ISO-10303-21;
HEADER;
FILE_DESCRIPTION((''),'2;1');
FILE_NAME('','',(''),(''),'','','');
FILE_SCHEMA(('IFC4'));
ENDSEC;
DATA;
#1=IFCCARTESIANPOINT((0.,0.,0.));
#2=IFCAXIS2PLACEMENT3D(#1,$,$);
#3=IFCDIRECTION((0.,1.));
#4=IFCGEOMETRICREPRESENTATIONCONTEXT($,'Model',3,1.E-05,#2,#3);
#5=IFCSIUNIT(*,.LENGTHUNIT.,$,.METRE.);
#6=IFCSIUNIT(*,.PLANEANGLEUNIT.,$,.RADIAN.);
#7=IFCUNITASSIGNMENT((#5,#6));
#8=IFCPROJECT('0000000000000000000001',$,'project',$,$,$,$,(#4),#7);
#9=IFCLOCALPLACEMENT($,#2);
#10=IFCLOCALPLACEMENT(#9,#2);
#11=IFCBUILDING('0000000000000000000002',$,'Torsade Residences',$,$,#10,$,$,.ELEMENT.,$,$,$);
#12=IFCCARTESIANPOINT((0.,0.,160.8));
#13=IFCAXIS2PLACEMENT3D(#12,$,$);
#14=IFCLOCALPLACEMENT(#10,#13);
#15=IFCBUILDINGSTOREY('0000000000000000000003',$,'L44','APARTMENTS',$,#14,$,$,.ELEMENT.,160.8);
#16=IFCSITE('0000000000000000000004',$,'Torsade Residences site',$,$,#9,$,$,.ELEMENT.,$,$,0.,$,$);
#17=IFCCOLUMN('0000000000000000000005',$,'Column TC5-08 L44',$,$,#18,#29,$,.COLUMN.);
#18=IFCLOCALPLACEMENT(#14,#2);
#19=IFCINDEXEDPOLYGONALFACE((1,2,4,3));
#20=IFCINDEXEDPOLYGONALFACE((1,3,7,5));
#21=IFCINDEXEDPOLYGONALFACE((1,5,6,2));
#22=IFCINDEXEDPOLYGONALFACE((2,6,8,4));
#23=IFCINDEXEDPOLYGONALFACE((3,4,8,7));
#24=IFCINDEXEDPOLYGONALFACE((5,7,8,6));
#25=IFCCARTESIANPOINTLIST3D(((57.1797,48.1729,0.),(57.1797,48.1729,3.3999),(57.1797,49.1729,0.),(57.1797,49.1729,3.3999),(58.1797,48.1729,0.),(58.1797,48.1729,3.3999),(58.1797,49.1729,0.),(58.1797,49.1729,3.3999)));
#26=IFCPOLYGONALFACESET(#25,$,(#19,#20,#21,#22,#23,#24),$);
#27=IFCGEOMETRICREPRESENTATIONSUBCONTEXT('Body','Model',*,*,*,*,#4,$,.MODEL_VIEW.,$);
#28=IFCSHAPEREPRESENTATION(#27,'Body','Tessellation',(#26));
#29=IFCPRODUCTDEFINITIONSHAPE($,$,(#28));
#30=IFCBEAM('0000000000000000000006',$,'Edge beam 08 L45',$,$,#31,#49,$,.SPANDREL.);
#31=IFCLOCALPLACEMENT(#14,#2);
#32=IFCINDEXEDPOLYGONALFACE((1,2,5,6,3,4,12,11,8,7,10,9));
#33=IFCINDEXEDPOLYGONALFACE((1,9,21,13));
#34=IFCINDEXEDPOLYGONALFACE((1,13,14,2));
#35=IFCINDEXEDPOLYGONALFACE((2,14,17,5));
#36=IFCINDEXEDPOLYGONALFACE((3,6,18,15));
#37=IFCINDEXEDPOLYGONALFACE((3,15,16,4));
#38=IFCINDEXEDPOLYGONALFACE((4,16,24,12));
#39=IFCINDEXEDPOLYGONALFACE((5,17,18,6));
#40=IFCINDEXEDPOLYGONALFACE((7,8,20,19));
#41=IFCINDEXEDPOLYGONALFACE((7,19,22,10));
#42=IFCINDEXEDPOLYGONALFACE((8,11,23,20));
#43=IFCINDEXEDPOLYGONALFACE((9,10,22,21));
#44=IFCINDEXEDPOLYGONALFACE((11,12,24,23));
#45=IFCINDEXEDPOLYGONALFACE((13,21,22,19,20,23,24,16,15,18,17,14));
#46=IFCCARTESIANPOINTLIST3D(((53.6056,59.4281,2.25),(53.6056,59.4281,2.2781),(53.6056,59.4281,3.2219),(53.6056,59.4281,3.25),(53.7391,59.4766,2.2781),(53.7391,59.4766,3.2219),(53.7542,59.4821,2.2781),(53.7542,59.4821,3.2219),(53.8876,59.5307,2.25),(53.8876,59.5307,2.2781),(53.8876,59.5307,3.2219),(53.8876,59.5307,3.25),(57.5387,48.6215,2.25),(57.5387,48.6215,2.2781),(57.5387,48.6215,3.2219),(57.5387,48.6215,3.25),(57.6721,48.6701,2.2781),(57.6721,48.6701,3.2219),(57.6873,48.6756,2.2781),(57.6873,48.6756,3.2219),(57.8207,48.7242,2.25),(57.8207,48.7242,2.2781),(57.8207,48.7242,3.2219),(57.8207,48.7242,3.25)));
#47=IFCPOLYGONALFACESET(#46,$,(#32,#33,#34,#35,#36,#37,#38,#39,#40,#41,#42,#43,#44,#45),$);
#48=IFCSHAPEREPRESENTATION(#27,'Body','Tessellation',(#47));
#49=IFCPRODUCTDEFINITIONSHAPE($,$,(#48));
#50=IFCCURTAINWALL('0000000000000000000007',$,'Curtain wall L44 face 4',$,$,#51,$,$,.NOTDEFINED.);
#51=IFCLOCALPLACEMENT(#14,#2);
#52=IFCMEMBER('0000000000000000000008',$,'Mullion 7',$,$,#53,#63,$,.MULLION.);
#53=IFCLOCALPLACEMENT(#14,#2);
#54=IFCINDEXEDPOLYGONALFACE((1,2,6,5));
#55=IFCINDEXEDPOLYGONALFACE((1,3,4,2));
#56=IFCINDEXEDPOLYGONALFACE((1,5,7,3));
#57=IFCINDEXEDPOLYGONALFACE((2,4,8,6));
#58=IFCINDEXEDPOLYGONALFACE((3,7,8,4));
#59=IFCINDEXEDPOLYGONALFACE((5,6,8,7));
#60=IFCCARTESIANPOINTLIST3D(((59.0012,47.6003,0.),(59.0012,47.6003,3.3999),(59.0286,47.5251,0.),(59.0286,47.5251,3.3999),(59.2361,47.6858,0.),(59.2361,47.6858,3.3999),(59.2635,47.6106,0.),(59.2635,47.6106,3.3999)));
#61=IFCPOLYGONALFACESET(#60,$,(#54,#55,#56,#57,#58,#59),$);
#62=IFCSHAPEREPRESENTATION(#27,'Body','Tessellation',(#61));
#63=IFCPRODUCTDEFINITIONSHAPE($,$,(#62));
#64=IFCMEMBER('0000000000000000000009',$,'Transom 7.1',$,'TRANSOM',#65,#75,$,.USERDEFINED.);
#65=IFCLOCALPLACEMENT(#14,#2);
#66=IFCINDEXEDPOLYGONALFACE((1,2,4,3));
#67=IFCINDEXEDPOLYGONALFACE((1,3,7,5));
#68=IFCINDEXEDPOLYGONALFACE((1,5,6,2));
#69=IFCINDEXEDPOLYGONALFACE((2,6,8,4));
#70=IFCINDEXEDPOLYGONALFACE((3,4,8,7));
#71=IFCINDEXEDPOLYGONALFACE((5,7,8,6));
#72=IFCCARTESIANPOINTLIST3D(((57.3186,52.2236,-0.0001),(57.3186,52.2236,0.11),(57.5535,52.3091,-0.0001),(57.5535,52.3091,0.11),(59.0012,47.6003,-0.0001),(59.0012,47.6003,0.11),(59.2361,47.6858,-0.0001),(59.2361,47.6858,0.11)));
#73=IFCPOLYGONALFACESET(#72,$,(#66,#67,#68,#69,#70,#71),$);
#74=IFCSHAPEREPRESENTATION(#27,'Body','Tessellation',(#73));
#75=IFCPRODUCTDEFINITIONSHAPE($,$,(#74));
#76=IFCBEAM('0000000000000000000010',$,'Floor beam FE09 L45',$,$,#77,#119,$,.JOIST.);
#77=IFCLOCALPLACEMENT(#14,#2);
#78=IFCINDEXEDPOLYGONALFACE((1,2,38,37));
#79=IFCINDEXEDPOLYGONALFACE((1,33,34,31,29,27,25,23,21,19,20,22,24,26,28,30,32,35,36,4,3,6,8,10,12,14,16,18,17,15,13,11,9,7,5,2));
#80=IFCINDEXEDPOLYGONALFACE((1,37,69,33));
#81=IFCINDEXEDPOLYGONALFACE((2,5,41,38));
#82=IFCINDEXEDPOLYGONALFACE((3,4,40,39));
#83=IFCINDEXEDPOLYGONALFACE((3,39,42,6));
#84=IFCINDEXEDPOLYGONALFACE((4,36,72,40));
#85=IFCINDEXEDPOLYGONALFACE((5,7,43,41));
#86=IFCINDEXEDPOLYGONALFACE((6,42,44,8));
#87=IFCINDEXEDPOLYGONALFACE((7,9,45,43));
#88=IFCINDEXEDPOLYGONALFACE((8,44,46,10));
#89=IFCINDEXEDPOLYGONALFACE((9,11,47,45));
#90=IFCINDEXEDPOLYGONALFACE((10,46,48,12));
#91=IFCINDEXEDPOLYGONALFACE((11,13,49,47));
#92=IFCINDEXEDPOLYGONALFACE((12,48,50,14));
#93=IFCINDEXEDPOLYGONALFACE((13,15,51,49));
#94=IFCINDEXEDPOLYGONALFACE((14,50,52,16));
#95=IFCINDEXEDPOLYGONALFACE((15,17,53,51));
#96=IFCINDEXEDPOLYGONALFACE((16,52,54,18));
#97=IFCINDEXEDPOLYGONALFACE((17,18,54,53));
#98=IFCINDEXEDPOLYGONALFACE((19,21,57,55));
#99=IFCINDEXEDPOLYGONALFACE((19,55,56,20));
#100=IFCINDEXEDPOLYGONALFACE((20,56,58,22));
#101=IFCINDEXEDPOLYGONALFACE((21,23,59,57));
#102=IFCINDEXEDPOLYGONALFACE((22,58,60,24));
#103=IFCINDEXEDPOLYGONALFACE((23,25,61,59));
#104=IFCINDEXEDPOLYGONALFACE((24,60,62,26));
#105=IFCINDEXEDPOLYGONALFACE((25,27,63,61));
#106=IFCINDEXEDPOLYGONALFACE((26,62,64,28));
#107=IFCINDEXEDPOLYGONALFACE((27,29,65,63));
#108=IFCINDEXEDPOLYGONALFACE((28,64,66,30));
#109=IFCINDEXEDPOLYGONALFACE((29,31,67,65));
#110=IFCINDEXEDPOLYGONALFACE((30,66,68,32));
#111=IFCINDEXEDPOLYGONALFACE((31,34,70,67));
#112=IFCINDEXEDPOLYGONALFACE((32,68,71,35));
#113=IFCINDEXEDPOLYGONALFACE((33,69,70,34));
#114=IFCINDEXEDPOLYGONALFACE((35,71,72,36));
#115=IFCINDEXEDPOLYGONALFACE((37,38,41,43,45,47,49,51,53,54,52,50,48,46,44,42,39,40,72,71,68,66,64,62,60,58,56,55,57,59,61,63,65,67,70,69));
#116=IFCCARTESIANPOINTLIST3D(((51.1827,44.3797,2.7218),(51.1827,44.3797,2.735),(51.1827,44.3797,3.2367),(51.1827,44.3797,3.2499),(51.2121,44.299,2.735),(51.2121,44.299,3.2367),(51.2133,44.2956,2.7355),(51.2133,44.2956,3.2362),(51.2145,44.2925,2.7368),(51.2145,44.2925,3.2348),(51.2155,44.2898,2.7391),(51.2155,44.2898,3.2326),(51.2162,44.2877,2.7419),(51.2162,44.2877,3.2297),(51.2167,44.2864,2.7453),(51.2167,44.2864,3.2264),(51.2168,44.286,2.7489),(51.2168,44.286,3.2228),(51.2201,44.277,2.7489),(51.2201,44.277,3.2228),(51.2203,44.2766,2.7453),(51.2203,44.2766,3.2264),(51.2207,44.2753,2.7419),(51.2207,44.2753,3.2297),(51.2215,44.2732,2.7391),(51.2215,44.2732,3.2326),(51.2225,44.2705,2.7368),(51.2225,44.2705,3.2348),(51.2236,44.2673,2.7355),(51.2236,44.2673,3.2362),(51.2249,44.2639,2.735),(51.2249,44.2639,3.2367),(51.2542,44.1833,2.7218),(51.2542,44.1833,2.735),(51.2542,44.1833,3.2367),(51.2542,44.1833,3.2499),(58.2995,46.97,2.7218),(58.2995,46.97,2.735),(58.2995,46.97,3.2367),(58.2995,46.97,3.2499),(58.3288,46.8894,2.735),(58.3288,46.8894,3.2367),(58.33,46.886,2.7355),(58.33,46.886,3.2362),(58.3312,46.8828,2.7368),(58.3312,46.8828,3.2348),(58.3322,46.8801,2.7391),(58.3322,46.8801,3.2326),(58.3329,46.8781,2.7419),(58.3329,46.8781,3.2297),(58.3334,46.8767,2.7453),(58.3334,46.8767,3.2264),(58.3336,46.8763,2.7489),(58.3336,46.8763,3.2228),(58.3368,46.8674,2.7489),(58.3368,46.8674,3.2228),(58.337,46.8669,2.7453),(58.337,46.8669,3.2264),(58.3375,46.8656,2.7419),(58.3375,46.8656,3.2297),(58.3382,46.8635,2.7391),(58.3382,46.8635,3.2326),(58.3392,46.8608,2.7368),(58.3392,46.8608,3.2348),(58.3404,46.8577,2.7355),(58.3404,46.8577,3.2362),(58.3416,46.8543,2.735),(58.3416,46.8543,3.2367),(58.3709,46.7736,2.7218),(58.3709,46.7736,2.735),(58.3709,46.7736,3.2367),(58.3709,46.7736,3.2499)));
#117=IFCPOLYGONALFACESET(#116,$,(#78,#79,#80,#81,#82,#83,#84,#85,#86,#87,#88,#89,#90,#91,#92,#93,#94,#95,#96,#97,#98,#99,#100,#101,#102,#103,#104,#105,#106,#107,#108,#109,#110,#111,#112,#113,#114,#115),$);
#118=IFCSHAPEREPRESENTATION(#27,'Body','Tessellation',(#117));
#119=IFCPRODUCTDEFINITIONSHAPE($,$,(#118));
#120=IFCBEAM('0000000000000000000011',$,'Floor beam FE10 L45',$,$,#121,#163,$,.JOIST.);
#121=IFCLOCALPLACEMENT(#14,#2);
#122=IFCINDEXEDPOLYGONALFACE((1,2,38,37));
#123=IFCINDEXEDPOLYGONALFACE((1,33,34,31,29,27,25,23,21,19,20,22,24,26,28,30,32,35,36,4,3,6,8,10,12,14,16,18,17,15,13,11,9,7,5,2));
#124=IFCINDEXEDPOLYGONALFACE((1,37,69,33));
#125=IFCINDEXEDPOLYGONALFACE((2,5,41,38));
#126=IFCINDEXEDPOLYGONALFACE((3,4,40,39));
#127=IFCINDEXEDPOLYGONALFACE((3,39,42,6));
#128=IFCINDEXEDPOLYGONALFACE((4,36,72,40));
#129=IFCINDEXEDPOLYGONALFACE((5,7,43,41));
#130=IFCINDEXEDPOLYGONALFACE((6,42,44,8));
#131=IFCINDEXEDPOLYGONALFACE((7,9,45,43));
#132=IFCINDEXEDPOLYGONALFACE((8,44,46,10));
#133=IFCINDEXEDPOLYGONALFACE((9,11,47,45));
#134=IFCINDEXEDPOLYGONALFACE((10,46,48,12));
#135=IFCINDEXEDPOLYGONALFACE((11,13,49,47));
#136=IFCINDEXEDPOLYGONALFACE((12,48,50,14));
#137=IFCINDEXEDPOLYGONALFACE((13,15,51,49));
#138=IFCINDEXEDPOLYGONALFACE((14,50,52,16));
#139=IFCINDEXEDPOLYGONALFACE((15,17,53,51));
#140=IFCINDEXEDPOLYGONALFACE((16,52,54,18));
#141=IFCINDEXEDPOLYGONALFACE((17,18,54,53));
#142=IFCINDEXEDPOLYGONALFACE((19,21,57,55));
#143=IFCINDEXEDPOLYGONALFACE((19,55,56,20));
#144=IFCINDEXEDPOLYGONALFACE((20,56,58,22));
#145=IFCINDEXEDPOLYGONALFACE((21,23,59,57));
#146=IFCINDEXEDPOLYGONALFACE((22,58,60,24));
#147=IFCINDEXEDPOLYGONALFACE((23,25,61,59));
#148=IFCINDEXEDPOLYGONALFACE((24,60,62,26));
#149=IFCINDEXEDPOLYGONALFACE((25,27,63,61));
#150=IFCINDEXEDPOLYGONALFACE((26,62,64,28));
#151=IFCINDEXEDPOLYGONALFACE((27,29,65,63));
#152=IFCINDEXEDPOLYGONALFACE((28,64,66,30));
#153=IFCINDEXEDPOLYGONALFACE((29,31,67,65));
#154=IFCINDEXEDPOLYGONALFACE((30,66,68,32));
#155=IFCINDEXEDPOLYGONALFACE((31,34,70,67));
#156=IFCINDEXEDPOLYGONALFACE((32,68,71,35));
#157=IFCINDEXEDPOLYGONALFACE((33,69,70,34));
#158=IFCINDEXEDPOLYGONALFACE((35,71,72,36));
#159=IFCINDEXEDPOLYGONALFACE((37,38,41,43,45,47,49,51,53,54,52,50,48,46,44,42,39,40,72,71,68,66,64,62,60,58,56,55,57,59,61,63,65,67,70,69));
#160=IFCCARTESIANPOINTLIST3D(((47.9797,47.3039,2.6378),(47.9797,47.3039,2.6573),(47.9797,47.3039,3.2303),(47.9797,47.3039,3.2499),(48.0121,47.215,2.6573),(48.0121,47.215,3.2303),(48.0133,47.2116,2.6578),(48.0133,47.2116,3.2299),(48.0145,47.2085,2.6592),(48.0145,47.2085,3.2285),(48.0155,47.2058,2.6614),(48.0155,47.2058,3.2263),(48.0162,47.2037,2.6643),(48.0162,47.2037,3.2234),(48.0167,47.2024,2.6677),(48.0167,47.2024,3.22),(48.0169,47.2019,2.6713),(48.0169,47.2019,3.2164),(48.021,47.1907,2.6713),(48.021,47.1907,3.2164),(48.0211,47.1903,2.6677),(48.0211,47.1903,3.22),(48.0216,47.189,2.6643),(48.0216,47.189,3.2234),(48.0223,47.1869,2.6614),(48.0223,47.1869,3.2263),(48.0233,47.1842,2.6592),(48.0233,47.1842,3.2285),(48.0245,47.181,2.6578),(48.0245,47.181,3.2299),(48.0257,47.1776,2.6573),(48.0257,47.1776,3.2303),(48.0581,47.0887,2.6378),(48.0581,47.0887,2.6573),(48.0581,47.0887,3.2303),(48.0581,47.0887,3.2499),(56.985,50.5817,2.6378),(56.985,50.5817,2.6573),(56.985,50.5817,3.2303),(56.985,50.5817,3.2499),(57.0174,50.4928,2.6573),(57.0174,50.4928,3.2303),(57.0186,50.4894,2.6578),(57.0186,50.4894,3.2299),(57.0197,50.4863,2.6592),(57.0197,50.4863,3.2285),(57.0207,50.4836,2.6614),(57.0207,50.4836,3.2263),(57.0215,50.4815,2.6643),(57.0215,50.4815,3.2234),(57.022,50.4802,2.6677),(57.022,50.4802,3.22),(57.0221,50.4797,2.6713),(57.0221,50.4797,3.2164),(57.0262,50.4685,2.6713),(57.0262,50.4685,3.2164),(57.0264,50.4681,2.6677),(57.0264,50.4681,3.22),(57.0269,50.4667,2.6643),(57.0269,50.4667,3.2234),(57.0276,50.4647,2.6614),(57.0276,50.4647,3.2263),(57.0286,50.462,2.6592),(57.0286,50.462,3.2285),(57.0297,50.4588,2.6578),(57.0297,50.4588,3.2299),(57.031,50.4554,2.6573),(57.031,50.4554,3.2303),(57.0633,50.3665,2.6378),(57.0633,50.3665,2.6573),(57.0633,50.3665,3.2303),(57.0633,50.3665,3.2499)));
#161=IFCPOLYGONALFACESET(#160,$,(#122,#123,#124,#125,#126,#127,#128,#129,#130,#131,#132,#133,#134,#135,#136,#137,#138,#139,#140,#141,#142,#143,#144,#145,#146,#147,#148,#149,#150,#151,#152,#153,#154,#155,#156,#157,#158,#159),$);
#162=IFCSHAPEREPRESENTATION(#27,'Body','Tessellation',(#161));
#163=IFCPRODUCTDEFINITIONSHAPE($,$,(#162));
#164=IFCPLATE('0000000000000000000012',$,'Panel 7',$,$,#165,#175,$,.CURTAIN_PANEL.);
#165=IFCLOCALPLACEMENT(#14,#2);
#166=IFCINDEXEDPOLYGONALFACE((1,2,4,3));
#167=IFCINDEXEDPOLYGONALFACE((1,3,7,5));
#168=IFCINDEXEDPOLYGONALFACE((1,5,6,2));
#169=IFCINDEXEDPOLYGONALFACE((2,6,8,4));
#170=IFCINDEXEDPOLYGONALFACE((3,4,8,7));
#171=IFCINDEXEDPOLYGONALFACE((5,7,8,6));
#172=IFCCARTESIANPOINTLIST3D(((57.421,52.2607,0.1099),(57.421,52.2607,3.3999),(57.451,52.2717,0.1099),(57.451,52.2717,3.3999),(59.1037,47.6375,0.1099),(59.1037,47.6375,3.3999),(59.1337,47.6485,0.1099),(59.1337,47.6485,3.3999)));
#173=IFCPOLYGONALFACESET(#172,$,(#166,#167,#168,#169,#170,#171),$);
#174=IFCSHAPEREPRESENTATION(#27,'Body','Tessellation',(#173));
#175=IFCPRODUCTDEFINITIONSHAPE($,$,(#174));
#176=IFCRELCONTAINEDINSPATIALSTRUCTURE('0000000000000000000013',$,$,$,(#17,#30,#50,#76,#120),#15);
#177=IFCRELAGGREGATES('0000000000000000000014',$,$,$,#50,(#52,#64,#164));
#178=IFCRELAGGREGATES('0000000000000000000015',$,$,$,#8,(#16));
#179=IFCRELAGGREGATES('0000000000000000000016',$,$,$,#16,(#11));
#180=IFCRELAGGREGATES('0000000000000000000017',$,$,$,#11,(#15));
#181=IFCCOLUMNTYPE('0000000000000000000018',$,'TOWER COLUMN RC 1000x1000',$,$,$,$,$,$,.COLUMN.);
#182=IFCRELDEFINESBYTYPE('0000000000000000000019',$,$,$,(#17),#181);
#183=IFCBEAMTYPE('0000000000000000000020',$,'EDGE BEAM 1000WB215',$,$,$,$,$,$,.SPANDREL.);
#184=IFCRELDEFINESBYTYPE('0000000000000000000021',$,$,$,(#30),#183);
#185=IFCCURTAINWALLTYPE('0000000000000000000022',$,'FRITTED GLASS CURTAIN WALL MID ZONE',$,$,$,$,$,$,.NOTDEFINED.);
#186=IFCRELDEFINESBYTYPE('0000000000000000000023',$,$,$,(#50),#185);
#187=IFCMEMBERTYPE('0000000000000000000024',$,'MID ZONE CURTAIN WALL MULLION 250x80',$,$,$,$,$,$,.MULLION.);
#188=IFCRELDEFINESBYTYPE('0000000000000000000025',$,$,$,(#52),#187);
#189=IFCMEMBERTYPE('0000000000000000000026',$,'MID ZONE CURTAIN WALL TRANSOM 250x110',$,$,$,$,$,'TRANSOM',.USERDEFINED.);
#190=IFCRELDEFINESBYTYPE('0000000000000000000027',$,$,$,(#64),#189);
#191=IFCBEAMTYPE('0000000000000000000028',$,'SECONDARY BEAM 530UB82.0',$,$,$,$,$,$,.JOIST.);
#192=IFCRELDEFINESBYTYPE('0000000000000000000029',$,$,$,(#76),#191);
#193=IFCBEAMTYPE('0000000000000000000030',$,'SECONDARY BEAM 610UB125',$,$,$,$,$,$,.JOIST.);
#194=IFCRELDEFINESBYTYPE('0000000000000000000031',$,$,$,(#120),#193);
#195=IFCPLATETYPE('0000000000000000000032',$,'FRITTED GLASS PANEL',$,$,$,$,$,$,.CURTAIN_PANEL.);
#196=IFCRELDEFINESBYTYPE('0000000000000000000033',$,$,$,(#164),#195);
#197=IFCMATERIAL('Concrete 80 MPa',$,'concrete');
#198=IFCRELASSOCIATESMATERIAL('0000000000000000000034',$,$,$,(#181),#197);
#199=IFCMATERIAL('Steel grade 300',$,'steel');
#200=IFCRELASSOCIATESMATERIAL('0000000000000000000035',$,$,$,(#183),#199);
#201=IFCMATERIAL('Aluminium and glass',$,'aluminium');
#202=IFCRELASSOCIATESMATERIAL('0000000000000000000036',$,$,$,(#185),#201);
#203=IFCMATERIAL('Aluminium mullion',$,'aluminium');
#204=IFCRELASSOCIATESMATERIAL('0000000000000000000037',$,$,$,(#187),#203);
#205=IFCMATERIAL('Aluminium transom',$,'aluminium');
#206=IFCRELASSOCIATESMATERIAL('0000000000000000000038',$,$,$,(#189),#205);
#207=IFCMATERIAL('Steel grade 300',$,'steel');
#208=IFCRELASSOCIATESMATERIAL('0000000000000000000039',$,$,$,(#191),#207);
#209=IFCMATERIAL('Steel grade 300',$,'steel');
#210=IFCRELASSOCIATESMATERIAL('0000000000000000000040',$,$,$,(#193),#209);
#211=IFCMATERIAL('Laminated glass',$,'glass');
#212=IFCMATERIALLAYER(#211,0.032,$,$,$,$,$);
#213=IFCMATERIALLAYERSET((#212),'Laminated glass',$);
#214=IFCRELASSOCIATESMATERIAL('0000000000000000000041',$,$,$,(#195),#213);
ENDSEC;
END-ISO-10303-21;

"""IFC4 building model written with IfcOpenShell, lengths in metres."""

from ifc_helpers import new_model, si_unit, direction, frame, origin, origin_2d, place, context, subcontext, project, spatial, rectangle, i_section, extrude, material, layer, layer_set, material_profile, profile_set, type_object, element, aggregate, save


model = new_model("IFC4")

# Units and contexts
model_context = context("Model", 3, precision=1e-05, world=origin(), true_north=direction((0.0, 1.0)))
body_context = subcontext(model_context, "Body", "Model", "MODEL_VIEW")
ifc_project = project(units=[si_unit("LENGTHUNIT", "METRE"), si_unit("PLANEANGLEUNIT", "RADIAN")], contexts=[model_context])

# Site, building, storey
site_placement = place(None, origin())
site = spatial("IfcSite", under=ifc_project, at=site_placement, Name="Torsade Residences site", CompositionType="ELEMENT", RefElevation=0.0)
building_placement = place(site_placement, origin())
building = spatial("IfcBuilding", under=site, at=building_placement, Name="Torsade Residences", CompositionType="ELEMENT")
storey_placement = place(building_placement, frame((0.0, 0.0, 160.8)))
storey = spatial("IfcBuildingStorey", under=building, at=storey_placement, Name="L44", Description="APARTMENTS", CompositionType="ELEMENT", Elevation=160.8)

# Column
ifc_material_1 = material(Name="Concrete 80 MPa", Category="concrete")
ifc_material_profile_1 = material_profile(ifc_material_1, rectangle(XDim=1.0, YDim=1.0, at=origin_2d()), Name="RC 1000x1000")
ifc_profile_set_1 = profile_set([ifc_material_profile_1], Name="Concrete 80 MPa")
column_type = type_object("IfcColumnType", Name="TOWER COLUMN RC 1000x1000", PredefinedType="COLUMN", material=ifc_profile_set_1)
column_placement = place(storey_placement, frame((57.6797, 48.6729, 0.0), z_axis=(0.0, 0.0, 1.0), x_axis=(1.0, 0.0, 0.0)))
element("IfcColumn", 1, at=column_placement, inside=storey, type_object=column_type, Name="Column TC5-08 L44", PredefinedType="COLUMN", context=body_context, shape_type="SweptSolid", body=[
    extrude(rectangle(XDim=1.0, YDim=1.0, at=origin_2d()), origin(), (0.0, 0.0, 1.0), 3.3999),
])

# Beam
ifc_material_2 = material(Name="Steel grade 300", Category="steel")
ifc_material_profile_2 = material_profile(ifc_material_2, i_section(OverallWidth=0.3, OverallDepth=1.0, WebThickness=0.0161, FlangeThickness=0.0281, at=origin_2d()), Name="1000WB215")
ifc_profile_set_2 = profile_set([ifc_material_profile_2], Name="Steel grade 300")
beam_type_1 = type_object("IfcBeamType", Name="EDGE BEAM 1000WB215", PredefinedType="SPANDREL", material=ifc_profile_set_2)
beam_1_placement = place(storey_placement, frame((57.6797, 48.6729, 2.75), z_axis=(-0.342006, 0.939698, 0.0), x_axis=(-0.939698, -0.342006, 0.0)))
element("IfcBeam", 2, at=beam_1_placement, inside=storey, type_object=beam_type_1, Name="Edge beam 08 L45", PredefinedType="SPANDREL", context=body_context, shape_type="SweptSolid", body=[
    extrude(i_section(OverallWidth=0.3, OverallDepth=1.0, WebThickness=0.0161, FlangeThickness=0.0281, at=origin_2d()), origin(), (0.0, 0.0, 1.0), 11.5),
])

# Curtain wall, members
ifc_material_3 = material(Name="Aluminium and glass", Category="aluminium")
curtain_wall_type = type_object("IfcCurtainWallType", Name="FRITTED GLASS CURTAIN WALL MID ZONE", PredefinedType="NOTDEFINED", material=ifc_material_3)
curtain_wall_placement = place(storey_placement, origin())
curtain_wall = element("IfcCurtainWall", 3, at=curtain_wall_placement, inside=storey, type_object=curtain_wall_type, Name="Curtain wall L44 face 4", PredefinedType="NOTDEFINED")
ifc_material_4 = material(Name="Aluminium mullion", Category="aluminium")
ifc_material_profile_3 = material_profile(ifc_material_4, rectangle(XDim=0.25, YDim=0.0801, at=origin_2d()), Name="MID ZONE CURTAIN WALL MULLION 250x80")
ifc_profile_set_3 = profile_set([ifc_material_profile_3], Name="Aluminium mullion")
member_type_1 = type_object("IfcMemberType", Name="MID ZONE CURTAIN WALL MULLION 250x80", PredefinedType="MULLION", material=ifc_profile_set_3)
member_1_placement = place(storey_placement, frame((59.1323, 47.6055, 0.0), z_axis=(0.0, 0.0, 1.0), x_axis=(-0.939693, -0.34202, 0.0)))
member_1 = element("IfcMember", 4, at=member_1_placement, type_object=member_type_1, Name="Mullion 7", PredefinedType="MULLION", context=body_context, shape_type="SweptSolid", body=[
    extrude(rectangle(XDim=0.25, YDim=0.0801, at=origin_2d()), origin(), (0.0, 0.0, 1.0), 3.3999),
])
ifc_material_5 = material(Name="Aluminium transom", Category="aluminium")
ifc_material_profile_4 = material_profile(ifc_material_5, rectangle(XDim=0.25, YDim=0.1101, at=origin_2d()), Name="MID ZONE CURTAIN WALL TRANSOM 250x110")
ifc_profile_set_4 = profile_set([ifc_material_profile_4], Name="Aluminium transom")
member_type_2 = type_object("IfcMemberType", Name="MID ZONE CURTAIN WALL TRANSOM 250x110", ElementType="TRANSOM", PredefinedType="USERDEFINED", material=ifc_profile_set_4)
member_2_placement = place(storey_placement, frame((59.1187, 47.6431, 0.0549), z_axis=(-0.341998, 0.939701, 0.0), x_axis=(-0.939701, -0.341998, 0.0)))
member_2 = element("IfcMember", 5, at=member_2_placement, type_object=member_type_2, Name="Transom 7.1", ObjectType="TRANSOM", PredefinedType="USERDEFINED", context=body_context, shape_type="SweptSolid", body=[
    extrude(rectangle(XDim=0.25, YDim=0.1101, at=origin_2d()), origin(), (0.0, 0.0, 1.0), 4.9199),
])

# Beams
ifc_material_6 = material(Name="Steel grade 300", Category="steel")
ifc_material_profile_5 = material_profile(ifc_material_6, i_section(OverallWidth=0.209, OverallDepth=0.5281, WebThickness=0.0095, FlangeThickness=0.0132, FilletRadius=0.0139, at=origin_2d()), Name="530UB82.0")
ifc_profile_set_5 = profile_set([ifc_material_profile_5], Name="Steel grade 300")
beam_type_2 = type_object("IfcBeamType", Name="SECONDARY BEAM 530UB82.0", PredefinedType="JOIST", material=ifc_profile_set_5)
beam_2_placement = place(storey_placement, frame((58.3352, 46.8718, 2.9858), z_axis=(-0.93969, -0.342028, 0.0), x_axis=(0.342028, -0.93969, 0.0)))
element("IfcBeam", 6, at=beam_2_placement, inside=storey, type_object=beam_type_2, Name="Floor beam FE09 L45", PredefinedType="JOIST", context=body_context, shape_type="SweptSolid", body=[
    extrude(i_section(OverallWidth=0.209, OverallDepth=0.5281, WebThickness=0.0095, FlangeThickness=0.0132, FilletRadius=0.0139, at=origin_2d()), origin(), (0.0, 0.0, 1.0), 7.5735),
])
ifc_material_7 = material(Name="Steel grade 300", Category="steel")
ifc_material_profile_6 = material_profile(ifc_material_7, i_section(OverallWidth=0.229, OverallDepth=0.6121, WebThickness=0.012, FlangeThickness=0.0195, FilletRadius=0.0139, at=origin_2d()), Name="610UB125")
ifc_profile_set_6 = profile_set([ifc_material_profile_6], Name="Steel grade 300")
beam_type_3 = type_object("IfcBeamType", Name="SECONDARY BEAM 610UB125", PredefinedType="JOIST", material=ifc_profile_set_6)
beam_3_placement = place(storey_placement, frame((57.0242, 50.4741, 2.9438), z_axis=(-0.939688, -0.342034, 0.0), x_axis=(0.342034, -0.939688, 0.0)))
element("IfcBeam", 7, at=beam_3_placement, inside=storey, type_object=beam_type_3, Name="Floor beam FE10 L45", PredefinedType="JOIST", context=body_context, shape_type="SweptSolid", body=[
    extrude(i_section(OverallWidth=0.229, OverallDepth=0.6121, WebThickness=0.012, FlangeThickness=0.0195, FilletRadius=0.0139, at=origin_2d()), origin(), (0.0, 0.0, 1.0), 9.5833),
])

# Plate
ifc_material_8 = material(Name="Laminated glass", Category="glass")
ifc_layer_1 = layer(ifc_material_8, 0.032)
ifc_layer_set_1 = layer_set([ifc_layer_1], Name="Laminated glass")
plate_type_1 = type_object("IfcPlateType", Name="FRITTED GLASS PANEL", PredefinedType="CURTAIN_PANEL", material=ifc_layer_set_1)
plate_1_placement = place(storey_placement, frame((58.2773, 49.9546, 0.1099), z_axis=(0.0, 0.0, 1.0), x_axis=(-0.34202, 0.939693, 0.0)))
plate_1 = element("IfcPlate", 8, at=plate_1_placement, type_object=plate_type_1, Name="Panel 7", PredefinedType="CURTAIN_PANEL", context=body_context, shape_type="SweptSolid", body=[
    extrude(rectangle(XDim=4.9199, YDim=0.032, at=origin_2d()), origin(), (0.0, 0.0, 1.0), 3.29),
])
aggregate(curtain_wall, [member_1, member_2, plate_1])

save(model, "model.ifc")
